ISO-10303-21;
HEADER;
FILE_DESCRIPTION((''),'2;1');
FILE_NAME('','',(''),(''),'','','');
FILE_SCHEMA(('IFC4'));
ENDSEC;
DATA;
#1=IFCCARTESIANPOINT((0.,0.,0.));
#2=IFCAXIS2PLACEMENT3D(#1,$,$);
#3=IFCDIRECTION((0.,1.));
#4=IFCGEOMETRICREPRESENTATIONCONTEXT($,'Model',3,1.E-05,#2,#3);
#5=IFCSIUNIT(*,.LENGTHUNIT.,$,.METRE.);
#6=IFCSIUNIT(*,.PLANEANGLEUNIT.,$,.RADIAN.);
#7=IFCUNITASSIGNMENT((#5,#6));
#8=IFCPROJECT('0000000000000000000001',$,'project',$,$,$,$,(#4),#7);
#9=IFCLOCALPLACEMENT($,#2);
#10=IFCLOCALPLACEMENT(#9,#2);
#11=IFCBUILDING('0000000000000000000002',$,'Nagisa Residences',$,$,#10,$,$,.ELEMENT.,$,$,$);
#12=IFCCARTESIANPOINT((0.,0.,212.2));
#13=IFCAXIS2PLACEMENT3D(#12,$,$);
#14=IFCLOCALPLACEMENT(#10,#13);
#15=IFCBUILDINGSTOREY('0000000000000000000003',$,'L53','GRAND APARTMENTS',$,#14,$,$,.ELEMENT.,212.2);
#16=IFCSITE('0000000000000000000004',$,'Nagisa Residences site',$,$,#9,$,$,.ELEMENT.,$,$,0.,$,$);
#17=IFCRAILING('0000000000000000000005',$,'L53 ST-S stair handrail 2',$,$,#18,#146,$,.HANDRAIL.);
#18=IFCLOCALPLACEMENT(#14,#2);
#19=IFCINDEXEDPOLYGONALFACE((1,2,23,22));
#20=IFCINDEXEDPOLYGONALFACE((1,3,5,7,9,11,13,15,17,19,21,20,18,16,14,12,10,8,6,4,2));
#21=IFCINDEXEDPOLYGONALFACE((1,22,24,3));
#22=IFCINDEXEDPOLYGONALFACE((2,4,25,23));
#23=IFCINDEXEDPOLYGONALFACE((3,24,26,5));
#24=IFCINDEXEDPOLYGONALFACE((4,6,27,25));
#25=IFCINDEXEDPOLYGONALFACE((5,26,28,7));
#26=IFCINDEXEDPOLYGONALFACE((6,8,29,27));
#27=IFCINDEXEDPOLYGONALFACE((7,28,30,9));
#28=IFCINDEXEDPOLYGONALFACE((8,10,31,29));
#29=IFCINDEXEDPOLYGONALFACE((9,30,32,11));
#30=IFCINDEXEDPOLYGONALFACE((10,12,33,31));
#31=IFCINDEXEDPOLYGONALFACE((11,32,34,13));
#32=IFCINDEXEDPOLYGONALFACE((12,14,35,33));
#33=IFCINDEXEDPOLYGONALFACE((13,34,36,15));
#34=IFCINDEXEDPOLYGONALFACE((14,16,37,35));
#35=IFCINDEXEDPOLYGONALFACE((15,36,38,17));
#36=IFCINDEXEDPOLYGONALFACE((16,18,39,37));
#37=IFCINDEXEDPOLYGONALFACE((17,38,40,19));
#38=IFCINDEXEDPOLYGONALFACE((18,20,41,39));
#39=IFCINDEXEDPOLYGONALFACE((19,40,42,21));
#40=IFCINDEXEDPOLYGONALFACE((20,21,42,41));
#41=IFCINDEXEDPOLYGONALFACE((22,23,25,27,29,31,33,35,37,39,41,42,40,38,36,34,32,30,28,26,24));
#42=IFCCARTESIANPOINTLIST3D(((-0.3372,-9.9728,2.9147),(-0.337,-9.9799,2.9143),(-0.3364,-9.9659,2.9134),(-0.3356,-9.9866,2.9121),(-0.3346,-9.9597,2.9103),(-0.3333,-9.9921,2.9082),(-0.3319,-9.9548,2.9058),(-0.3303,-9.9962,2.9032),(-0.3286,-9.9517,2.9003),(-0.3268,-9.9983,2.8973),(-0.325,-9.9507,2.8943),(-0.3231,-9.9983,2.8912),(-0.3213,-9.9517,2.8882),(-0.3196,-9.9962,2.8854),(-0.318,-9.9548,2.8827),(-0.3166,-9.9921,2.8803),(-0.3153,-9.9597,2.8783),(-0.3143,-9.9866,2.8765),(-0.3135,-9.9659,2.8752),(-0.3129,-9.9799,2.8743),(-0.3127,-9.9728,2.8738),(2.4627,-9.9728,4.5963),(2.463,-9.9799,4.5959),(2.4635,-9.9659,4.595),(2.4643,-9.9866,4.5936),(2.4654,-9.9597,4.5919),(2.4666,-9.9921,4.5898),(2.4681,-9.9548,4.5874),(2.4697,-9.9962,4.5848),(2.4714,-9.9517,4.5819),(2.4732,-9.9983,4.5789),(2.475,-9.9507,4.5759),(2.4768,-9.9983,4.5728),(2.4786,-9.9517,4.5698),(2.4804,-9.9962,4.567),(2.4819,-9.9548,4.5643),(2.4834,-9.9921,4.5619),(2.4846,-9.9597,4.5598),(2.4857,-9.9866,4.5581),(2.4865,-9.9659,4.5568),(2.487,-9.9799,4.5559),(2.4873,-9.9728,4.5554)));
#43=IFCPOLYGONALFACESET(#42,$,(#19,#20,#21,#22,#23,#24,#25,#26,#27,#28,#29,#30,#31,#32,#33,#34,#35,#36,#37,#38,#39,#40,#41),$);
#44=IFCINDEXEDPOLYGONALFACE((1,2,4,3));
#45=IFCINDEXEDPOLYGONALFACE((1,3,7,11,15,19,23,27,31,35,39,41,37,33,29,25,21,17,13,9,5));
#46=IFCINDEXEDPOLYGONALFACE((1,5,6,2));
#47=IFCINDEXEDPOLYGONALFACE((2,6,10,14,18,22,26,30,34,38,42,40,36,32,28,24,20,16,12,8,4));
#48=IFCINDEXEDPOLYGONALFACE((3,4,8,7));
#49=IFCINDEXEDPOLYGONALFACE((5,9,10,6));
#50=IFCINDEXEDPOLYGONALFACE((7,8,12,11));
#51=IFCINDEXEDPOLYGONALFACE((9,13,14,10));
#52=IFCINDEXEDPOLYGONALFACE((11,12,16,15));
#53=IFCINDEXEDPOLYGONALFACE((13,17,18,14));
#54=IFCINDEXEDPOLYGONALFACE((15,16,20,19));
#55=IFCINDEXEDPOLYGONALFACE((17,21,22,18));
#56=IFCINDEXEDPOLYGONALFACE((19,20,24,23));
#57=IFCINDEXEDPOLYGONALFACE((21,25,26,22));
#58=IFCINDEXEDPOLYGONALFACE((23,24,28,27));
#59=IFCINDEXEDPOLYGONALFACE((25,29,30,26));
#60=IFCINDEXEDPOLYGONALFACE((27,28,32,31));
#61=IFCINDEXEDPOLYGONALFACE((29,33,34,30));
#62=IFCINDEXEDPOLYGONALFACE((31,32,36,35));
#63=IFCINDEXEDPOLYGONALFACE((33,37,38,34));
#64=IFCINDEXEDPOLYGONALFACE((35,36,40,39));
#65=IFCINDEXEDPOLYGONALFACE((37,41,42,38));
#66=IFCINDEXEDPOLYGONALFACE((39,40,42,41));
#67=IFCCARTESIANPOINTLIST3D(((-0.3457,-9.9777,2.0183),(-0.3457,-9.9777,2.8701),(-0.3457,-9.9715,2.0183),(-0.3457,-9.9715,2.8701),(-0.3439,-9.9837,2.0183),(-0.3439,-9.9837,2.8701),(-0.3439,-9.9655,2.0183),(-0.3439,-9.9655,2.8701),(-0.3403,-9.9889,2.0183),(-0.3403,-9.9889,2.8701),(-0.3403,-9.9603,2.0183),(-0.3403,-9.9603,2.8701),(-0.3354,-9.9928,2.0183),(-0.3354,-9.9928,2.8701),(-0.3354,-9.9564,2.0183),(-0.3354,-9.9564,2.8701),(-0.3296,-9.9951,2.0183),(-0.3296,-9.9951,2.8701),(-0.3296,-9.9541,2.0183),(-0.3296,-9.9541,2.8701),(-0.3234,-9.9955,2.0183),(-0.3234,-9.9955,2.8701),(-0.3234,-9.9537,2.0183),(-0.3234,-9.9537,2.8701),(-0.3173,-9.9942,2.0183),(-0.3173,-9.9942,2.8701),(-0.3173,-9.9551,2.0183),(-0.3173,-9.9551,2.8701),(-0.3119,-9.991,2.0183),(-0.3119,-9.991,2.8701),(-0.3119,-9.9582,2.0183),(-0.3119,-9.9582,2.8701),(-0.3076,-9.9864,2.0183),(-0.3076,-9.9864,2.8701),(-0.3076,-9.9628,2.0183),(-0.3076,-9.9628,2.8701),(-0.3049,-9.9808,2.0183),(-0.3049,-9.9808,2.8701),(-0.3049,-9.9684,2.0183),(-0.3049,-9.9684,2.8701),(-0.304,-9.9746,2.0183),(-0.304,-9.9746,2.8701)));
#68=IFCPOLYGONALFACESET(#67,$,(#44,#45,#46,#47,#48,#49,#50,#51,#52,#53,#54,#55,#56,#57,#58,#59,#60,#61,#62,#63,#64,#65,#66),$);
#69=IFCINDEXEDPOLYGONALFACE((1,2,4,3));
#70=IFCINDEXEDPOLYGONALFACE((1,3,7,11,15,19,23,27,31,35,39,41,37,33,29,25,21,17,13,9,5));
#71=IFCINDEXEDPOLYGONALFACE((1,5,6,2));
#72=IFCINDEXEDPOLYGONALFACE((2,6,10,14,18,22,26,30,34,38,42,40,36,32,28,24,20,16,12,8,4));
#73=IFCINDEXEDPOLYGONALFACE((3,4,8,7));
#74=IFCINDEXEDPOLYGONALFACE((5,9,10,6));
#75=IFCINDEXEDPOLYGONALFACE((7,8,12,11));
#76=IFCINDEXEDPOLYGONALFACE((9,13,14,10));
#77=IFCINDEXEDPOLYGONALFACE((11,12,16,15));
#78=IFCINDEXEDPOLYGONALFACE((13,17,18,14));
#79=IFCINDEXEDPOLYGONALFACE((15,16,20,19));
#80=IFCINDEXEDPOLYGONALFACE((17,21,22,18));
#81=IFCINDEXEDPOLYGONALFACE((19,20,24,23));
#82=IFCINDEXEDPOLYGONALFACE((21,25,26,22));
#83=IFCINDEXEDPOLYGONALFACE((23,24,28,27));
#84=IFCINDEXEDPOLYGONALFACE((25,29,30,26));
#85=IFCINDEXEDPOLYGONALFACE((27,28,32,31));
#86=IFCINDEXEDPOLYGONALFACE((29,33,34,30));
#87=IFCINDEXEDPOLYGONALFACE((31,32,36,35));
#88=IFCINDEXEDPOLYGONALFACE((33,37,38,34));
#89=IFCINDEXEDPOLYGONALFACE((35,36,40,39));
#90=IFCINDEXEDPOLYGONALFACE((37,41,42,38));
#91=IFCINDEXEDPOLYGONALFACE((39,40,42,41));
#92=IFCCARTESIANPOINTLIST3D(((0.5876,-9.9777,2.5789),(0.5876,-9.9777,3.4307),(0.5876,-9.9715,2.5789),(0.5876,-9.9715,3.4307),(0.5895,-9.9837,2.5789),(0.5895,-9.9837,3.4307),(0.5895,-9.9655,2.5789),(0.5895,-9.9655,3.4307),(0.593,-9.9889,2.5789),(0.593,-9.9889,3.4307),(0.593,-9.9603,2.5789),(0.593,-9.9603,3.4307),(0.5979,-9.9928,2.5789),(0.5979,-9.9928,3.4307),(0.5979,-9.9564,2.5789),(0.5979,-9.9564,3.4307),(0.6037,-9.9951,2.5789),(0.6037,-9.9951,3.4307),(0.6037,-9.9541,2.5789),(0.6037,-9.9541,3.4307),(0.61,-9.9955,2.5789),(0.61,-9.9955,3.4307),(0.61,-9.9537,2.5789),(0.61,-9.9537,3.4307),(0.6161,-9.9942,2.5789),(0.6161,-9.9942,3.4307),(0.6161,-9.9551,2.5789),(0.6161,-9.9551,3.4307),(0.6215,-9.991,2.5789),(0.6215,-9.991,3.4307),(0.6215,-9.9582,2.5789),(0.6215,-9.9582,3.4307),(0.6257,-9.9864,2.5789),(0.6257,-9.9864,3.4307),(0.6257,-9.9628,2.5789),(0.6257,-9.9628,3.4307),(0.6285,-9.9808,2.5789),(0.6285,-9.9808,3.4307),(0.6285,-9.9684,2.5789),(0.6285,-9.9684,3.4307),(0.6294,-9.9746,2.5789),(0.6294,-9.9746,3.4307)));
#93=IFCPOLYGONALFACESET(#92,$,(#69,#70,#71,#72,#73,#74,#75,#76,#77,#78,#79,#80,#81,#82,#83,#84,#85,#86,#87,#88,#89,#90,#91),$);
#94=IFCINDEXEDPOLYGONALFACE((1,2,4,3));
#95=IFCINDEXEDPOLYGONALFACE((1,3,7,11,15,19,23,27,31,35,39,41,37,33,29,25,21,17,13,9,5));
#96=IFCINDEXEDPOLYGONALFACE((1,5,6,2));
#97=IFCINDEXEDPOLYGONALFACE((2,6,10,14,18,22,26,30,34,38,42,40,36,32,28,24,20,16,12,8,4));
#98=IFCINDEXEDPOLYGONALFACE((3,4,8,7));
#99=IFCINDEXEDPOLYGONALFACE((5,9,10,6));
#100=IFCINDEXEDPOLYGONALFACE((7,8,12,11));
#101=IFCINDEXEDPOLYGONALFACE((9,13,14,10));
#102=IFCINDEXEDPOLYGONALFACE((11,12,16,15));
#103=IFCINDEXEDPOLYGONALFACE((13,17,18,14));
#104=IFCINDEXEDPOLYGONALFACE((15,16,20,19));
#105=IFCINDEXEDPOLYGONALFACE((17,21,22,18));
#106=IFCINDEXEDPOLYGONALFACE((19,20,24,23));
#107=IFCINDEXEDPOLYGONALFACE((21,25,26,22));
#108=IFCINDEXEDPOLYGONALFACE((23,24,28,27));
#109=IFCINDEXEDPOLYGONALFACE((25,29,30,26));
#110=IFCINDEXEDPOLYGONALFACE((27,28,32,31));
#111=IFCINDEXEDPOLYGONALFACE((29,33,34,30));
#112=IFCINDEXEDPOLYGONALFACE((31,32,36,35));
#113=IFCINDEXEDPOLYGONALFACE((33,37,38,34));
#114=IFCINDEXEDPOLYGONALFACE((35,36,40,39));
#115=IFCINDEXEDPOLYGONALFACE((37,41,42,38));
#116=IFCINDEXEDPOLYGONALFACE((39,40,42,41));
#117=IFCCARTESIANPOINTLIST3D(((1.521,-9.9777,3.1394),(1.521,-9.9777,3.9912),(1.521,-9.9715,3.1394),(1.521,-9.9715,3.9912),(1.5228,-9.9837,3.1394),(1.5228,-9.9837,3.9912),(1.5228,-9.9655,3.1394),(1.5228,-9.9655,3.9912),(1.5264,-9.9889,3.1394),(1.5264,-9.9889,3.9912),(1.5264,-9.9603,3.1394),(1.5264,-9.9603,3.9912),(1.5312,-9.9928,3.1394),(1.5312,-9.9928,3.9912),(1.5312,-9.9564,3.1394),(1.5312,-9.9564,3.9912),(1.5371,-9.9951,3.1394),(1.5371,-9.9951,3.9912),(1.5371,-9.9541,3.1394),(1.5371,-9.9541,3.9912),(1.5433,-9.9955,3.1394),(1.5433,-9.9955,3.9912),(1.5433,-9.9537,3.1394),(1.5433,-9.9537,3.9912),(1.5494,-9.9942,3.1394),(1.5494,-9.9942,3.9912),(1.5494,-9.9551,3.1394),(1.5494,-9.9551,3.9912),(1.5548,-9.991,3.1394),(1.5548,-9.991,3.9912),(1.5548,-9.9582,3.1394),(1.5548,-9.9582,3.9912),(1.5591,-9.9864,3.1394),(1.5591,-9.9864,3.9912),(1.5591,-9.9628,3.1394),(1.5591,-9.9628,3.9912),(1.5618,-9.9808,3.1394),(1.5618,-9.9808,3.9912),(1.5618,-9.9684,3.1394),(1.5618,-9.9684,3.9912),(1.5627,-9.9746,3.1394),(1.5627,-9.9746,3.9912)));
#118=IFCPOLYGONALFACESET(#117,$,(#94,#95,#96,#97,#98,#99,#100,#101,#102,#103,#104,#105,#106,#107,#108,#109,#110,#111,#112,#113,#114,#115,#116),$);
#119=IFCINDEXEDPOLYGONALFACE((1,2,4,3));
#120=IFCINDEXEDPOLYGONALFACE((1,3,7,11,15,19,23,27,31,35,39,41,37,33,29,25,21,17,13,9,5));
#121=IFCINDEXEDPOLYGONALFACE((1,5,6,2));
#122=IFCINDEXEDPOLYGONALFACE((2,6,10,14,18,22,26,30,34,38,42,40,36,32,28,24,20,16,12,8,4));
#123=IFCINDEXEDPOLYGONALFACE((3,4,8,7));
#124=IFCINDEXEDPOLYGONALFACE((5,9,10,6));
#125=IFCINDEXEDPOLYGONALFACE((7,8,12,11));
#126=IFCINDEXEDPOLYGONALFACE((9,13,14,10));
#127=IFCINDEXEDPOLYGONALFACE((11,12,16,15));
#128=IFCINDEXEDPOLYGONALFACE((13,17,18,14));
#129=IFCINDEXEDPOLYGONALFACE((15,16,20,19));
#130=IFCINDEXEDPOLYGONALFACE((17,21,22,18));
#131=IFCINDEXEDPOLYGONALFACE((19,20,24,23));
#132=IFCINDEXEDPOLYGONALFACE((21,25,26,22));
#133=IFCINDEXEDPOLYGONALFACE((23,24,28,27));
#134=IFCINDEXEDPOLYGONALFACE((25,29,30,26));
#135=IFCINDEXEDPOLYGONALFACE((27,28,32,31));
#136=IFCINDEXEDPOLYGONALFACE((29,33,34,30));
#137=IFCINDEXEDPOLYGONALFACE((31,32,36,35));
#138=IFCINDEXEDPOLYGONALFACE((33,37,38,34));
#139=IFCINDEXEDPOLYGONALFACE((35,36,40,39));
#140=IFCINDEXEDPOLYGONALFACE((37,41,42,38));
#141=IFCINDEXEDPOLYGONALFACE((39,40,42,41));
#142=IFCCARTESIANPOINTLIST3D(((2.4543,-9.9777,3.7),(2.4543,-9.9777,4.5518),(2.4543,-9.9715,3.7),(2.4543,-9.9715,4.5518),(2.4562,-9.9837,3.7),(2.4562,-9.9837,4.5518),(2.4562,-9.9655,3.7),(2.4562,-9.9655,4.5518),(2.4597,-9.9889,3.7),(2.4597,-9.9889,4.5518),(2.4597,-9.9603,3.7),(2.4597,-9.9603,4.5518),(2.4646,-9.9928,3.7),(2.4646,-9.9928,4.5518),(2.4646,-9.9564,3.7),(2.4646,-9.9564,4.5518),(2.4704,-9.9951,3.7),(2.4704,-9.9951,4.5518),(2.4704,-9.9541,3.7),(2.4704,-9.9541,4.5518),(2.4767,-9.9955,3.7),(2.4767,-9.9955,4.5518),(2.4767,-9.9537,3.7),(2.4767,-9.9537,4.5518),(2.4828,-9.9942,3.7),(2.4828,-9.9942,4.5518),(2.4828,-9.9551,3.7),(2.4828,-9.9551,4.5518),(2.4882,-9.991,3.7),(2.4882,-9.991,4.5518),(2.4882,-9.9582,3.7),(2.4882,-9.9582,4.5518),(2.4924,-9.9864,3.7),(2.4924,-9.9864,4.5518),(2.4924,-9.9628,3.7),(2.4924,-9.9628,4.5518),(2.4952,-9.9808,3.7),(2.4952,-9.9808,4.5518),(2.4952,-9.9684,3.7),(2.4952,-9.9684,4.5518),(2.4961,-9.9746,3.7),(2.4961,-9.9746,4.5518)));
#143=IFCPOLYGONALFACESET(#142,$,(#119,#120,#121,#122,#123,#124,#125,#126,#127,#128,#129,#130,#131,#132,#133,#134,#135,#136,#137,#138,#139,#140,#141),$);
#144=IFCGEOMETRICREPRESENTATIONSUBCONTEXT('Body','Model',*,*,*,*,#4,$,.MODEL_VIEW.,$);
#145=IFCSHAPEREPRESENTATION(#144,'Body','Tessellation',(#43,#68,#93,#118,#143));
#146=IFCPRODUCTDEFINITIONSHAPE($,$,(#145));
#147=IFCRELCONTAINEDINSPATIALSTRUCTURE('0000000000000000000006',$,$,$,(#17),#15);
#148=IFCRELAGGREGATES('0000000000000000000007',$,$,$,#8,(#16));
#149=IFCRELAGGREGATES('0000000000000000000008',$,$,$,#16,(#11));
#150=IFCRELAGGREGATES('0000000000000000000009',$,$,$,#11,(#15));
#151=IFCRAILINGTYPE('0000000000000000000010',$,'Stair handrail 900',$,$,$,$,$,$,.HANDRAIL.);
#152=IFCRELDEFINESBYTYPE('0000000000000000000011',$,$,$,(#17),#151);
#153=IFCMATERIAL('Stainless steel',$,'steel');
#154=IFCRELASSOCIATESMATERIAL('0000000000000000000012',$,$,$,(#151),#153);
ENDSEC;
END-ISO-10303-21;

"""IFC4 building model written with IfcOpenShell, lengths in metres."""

from ifc_helpers import new_model, si_unit, direction, frame, origin, origin_2d, place, context, subcontext, project, spatial, circle, extrude, material, type_object, element, save


model = new_model("IFC4")

# Units and contexts
model_context = context("Model", 3, precision=1e-05, world=origin(), true_north=direction((0.0, 1.0)))
body_context = subcontext(model_context, "Body", "Model", "MODEL_VIEW")
ifc_project = project(units=[si_unit("LENGTHUNIT", "METRE"), si_unit("PLANEANGLEUNIT", "RADIAN")], contexts=[model_context])

# Site, building, storey
site_placement = place(None, origin())
site = spatial("IfcSite", under=ifc_project, at=site_placement, Name="Nagisa Residences site", CompositionType="ELEMENT", RefElevation=0.0)
building_placement = place(site_placement, origin())
building = spatial("IfcBuilding", under=site, at=building_placement, Name="Nagisa Residences", CompositionType="ELEMENT")
storey_placement = place(building_placement, frame((0.0, 0.0, 212.2)))
storey = spatial("IfcBuildingStorey", under=building, at=storey_placement, Name="L53", Description="GRAND APARTMENTS", CompositionType="ELEMENT", Elevation=212.2)

# Railing
ifc_material_1 = material(Name="Stainless steel", Category="steel")
railing_type = type_object("IfcRailingType", Name="Stair handrail 900", PredefinedType="HANDRAIL", material=ifc_material_1)
railing_placement = place(storey_placement, frame((-0.325, -9.9746, 2.0183)))
element("IfcRailing", 1, at=railing_placement, inside=storey, type_object=railing_type, Name="L53 ST-S stair handrail 2", PredefinedType="HANDRAIL", context=body_context, shape_type="SweptSolid", body=[
    extrude(circle(Radius=0.0239, at=origin_2d()), frame((0.0, 0.0, 0.876), z_axis=(0.857275, 0.0, 0.514858), x_axis=(0.0, 1.0, 0.0)), (0.0, 0.0, 1.0), 3.2661),
    extrude(circle(Radius=0.021, at=origin_2d()), origin(), (0.0, 0.0, 1.0), 0.8518),
    extrude(circle(Radius=0.021, at=origin_2d()), frame((0.9333, 0.0, 0.5605)), (0.0, 0.0, 1.0), 0.8518),
    extrude(circle(Radius=0.021, at=origin_2d()), frame((1.8667, 0.0, 1.1211)), (0.0, 0.0, 1.0), 0.8518),
    extrude(circle(Radius=0.021, at=origin_2d()), frame((2.8, 0.0, 1.6816)), (0.0, 0.0, 1.0), 0.8518),
])

save(model, "model.ifc")
